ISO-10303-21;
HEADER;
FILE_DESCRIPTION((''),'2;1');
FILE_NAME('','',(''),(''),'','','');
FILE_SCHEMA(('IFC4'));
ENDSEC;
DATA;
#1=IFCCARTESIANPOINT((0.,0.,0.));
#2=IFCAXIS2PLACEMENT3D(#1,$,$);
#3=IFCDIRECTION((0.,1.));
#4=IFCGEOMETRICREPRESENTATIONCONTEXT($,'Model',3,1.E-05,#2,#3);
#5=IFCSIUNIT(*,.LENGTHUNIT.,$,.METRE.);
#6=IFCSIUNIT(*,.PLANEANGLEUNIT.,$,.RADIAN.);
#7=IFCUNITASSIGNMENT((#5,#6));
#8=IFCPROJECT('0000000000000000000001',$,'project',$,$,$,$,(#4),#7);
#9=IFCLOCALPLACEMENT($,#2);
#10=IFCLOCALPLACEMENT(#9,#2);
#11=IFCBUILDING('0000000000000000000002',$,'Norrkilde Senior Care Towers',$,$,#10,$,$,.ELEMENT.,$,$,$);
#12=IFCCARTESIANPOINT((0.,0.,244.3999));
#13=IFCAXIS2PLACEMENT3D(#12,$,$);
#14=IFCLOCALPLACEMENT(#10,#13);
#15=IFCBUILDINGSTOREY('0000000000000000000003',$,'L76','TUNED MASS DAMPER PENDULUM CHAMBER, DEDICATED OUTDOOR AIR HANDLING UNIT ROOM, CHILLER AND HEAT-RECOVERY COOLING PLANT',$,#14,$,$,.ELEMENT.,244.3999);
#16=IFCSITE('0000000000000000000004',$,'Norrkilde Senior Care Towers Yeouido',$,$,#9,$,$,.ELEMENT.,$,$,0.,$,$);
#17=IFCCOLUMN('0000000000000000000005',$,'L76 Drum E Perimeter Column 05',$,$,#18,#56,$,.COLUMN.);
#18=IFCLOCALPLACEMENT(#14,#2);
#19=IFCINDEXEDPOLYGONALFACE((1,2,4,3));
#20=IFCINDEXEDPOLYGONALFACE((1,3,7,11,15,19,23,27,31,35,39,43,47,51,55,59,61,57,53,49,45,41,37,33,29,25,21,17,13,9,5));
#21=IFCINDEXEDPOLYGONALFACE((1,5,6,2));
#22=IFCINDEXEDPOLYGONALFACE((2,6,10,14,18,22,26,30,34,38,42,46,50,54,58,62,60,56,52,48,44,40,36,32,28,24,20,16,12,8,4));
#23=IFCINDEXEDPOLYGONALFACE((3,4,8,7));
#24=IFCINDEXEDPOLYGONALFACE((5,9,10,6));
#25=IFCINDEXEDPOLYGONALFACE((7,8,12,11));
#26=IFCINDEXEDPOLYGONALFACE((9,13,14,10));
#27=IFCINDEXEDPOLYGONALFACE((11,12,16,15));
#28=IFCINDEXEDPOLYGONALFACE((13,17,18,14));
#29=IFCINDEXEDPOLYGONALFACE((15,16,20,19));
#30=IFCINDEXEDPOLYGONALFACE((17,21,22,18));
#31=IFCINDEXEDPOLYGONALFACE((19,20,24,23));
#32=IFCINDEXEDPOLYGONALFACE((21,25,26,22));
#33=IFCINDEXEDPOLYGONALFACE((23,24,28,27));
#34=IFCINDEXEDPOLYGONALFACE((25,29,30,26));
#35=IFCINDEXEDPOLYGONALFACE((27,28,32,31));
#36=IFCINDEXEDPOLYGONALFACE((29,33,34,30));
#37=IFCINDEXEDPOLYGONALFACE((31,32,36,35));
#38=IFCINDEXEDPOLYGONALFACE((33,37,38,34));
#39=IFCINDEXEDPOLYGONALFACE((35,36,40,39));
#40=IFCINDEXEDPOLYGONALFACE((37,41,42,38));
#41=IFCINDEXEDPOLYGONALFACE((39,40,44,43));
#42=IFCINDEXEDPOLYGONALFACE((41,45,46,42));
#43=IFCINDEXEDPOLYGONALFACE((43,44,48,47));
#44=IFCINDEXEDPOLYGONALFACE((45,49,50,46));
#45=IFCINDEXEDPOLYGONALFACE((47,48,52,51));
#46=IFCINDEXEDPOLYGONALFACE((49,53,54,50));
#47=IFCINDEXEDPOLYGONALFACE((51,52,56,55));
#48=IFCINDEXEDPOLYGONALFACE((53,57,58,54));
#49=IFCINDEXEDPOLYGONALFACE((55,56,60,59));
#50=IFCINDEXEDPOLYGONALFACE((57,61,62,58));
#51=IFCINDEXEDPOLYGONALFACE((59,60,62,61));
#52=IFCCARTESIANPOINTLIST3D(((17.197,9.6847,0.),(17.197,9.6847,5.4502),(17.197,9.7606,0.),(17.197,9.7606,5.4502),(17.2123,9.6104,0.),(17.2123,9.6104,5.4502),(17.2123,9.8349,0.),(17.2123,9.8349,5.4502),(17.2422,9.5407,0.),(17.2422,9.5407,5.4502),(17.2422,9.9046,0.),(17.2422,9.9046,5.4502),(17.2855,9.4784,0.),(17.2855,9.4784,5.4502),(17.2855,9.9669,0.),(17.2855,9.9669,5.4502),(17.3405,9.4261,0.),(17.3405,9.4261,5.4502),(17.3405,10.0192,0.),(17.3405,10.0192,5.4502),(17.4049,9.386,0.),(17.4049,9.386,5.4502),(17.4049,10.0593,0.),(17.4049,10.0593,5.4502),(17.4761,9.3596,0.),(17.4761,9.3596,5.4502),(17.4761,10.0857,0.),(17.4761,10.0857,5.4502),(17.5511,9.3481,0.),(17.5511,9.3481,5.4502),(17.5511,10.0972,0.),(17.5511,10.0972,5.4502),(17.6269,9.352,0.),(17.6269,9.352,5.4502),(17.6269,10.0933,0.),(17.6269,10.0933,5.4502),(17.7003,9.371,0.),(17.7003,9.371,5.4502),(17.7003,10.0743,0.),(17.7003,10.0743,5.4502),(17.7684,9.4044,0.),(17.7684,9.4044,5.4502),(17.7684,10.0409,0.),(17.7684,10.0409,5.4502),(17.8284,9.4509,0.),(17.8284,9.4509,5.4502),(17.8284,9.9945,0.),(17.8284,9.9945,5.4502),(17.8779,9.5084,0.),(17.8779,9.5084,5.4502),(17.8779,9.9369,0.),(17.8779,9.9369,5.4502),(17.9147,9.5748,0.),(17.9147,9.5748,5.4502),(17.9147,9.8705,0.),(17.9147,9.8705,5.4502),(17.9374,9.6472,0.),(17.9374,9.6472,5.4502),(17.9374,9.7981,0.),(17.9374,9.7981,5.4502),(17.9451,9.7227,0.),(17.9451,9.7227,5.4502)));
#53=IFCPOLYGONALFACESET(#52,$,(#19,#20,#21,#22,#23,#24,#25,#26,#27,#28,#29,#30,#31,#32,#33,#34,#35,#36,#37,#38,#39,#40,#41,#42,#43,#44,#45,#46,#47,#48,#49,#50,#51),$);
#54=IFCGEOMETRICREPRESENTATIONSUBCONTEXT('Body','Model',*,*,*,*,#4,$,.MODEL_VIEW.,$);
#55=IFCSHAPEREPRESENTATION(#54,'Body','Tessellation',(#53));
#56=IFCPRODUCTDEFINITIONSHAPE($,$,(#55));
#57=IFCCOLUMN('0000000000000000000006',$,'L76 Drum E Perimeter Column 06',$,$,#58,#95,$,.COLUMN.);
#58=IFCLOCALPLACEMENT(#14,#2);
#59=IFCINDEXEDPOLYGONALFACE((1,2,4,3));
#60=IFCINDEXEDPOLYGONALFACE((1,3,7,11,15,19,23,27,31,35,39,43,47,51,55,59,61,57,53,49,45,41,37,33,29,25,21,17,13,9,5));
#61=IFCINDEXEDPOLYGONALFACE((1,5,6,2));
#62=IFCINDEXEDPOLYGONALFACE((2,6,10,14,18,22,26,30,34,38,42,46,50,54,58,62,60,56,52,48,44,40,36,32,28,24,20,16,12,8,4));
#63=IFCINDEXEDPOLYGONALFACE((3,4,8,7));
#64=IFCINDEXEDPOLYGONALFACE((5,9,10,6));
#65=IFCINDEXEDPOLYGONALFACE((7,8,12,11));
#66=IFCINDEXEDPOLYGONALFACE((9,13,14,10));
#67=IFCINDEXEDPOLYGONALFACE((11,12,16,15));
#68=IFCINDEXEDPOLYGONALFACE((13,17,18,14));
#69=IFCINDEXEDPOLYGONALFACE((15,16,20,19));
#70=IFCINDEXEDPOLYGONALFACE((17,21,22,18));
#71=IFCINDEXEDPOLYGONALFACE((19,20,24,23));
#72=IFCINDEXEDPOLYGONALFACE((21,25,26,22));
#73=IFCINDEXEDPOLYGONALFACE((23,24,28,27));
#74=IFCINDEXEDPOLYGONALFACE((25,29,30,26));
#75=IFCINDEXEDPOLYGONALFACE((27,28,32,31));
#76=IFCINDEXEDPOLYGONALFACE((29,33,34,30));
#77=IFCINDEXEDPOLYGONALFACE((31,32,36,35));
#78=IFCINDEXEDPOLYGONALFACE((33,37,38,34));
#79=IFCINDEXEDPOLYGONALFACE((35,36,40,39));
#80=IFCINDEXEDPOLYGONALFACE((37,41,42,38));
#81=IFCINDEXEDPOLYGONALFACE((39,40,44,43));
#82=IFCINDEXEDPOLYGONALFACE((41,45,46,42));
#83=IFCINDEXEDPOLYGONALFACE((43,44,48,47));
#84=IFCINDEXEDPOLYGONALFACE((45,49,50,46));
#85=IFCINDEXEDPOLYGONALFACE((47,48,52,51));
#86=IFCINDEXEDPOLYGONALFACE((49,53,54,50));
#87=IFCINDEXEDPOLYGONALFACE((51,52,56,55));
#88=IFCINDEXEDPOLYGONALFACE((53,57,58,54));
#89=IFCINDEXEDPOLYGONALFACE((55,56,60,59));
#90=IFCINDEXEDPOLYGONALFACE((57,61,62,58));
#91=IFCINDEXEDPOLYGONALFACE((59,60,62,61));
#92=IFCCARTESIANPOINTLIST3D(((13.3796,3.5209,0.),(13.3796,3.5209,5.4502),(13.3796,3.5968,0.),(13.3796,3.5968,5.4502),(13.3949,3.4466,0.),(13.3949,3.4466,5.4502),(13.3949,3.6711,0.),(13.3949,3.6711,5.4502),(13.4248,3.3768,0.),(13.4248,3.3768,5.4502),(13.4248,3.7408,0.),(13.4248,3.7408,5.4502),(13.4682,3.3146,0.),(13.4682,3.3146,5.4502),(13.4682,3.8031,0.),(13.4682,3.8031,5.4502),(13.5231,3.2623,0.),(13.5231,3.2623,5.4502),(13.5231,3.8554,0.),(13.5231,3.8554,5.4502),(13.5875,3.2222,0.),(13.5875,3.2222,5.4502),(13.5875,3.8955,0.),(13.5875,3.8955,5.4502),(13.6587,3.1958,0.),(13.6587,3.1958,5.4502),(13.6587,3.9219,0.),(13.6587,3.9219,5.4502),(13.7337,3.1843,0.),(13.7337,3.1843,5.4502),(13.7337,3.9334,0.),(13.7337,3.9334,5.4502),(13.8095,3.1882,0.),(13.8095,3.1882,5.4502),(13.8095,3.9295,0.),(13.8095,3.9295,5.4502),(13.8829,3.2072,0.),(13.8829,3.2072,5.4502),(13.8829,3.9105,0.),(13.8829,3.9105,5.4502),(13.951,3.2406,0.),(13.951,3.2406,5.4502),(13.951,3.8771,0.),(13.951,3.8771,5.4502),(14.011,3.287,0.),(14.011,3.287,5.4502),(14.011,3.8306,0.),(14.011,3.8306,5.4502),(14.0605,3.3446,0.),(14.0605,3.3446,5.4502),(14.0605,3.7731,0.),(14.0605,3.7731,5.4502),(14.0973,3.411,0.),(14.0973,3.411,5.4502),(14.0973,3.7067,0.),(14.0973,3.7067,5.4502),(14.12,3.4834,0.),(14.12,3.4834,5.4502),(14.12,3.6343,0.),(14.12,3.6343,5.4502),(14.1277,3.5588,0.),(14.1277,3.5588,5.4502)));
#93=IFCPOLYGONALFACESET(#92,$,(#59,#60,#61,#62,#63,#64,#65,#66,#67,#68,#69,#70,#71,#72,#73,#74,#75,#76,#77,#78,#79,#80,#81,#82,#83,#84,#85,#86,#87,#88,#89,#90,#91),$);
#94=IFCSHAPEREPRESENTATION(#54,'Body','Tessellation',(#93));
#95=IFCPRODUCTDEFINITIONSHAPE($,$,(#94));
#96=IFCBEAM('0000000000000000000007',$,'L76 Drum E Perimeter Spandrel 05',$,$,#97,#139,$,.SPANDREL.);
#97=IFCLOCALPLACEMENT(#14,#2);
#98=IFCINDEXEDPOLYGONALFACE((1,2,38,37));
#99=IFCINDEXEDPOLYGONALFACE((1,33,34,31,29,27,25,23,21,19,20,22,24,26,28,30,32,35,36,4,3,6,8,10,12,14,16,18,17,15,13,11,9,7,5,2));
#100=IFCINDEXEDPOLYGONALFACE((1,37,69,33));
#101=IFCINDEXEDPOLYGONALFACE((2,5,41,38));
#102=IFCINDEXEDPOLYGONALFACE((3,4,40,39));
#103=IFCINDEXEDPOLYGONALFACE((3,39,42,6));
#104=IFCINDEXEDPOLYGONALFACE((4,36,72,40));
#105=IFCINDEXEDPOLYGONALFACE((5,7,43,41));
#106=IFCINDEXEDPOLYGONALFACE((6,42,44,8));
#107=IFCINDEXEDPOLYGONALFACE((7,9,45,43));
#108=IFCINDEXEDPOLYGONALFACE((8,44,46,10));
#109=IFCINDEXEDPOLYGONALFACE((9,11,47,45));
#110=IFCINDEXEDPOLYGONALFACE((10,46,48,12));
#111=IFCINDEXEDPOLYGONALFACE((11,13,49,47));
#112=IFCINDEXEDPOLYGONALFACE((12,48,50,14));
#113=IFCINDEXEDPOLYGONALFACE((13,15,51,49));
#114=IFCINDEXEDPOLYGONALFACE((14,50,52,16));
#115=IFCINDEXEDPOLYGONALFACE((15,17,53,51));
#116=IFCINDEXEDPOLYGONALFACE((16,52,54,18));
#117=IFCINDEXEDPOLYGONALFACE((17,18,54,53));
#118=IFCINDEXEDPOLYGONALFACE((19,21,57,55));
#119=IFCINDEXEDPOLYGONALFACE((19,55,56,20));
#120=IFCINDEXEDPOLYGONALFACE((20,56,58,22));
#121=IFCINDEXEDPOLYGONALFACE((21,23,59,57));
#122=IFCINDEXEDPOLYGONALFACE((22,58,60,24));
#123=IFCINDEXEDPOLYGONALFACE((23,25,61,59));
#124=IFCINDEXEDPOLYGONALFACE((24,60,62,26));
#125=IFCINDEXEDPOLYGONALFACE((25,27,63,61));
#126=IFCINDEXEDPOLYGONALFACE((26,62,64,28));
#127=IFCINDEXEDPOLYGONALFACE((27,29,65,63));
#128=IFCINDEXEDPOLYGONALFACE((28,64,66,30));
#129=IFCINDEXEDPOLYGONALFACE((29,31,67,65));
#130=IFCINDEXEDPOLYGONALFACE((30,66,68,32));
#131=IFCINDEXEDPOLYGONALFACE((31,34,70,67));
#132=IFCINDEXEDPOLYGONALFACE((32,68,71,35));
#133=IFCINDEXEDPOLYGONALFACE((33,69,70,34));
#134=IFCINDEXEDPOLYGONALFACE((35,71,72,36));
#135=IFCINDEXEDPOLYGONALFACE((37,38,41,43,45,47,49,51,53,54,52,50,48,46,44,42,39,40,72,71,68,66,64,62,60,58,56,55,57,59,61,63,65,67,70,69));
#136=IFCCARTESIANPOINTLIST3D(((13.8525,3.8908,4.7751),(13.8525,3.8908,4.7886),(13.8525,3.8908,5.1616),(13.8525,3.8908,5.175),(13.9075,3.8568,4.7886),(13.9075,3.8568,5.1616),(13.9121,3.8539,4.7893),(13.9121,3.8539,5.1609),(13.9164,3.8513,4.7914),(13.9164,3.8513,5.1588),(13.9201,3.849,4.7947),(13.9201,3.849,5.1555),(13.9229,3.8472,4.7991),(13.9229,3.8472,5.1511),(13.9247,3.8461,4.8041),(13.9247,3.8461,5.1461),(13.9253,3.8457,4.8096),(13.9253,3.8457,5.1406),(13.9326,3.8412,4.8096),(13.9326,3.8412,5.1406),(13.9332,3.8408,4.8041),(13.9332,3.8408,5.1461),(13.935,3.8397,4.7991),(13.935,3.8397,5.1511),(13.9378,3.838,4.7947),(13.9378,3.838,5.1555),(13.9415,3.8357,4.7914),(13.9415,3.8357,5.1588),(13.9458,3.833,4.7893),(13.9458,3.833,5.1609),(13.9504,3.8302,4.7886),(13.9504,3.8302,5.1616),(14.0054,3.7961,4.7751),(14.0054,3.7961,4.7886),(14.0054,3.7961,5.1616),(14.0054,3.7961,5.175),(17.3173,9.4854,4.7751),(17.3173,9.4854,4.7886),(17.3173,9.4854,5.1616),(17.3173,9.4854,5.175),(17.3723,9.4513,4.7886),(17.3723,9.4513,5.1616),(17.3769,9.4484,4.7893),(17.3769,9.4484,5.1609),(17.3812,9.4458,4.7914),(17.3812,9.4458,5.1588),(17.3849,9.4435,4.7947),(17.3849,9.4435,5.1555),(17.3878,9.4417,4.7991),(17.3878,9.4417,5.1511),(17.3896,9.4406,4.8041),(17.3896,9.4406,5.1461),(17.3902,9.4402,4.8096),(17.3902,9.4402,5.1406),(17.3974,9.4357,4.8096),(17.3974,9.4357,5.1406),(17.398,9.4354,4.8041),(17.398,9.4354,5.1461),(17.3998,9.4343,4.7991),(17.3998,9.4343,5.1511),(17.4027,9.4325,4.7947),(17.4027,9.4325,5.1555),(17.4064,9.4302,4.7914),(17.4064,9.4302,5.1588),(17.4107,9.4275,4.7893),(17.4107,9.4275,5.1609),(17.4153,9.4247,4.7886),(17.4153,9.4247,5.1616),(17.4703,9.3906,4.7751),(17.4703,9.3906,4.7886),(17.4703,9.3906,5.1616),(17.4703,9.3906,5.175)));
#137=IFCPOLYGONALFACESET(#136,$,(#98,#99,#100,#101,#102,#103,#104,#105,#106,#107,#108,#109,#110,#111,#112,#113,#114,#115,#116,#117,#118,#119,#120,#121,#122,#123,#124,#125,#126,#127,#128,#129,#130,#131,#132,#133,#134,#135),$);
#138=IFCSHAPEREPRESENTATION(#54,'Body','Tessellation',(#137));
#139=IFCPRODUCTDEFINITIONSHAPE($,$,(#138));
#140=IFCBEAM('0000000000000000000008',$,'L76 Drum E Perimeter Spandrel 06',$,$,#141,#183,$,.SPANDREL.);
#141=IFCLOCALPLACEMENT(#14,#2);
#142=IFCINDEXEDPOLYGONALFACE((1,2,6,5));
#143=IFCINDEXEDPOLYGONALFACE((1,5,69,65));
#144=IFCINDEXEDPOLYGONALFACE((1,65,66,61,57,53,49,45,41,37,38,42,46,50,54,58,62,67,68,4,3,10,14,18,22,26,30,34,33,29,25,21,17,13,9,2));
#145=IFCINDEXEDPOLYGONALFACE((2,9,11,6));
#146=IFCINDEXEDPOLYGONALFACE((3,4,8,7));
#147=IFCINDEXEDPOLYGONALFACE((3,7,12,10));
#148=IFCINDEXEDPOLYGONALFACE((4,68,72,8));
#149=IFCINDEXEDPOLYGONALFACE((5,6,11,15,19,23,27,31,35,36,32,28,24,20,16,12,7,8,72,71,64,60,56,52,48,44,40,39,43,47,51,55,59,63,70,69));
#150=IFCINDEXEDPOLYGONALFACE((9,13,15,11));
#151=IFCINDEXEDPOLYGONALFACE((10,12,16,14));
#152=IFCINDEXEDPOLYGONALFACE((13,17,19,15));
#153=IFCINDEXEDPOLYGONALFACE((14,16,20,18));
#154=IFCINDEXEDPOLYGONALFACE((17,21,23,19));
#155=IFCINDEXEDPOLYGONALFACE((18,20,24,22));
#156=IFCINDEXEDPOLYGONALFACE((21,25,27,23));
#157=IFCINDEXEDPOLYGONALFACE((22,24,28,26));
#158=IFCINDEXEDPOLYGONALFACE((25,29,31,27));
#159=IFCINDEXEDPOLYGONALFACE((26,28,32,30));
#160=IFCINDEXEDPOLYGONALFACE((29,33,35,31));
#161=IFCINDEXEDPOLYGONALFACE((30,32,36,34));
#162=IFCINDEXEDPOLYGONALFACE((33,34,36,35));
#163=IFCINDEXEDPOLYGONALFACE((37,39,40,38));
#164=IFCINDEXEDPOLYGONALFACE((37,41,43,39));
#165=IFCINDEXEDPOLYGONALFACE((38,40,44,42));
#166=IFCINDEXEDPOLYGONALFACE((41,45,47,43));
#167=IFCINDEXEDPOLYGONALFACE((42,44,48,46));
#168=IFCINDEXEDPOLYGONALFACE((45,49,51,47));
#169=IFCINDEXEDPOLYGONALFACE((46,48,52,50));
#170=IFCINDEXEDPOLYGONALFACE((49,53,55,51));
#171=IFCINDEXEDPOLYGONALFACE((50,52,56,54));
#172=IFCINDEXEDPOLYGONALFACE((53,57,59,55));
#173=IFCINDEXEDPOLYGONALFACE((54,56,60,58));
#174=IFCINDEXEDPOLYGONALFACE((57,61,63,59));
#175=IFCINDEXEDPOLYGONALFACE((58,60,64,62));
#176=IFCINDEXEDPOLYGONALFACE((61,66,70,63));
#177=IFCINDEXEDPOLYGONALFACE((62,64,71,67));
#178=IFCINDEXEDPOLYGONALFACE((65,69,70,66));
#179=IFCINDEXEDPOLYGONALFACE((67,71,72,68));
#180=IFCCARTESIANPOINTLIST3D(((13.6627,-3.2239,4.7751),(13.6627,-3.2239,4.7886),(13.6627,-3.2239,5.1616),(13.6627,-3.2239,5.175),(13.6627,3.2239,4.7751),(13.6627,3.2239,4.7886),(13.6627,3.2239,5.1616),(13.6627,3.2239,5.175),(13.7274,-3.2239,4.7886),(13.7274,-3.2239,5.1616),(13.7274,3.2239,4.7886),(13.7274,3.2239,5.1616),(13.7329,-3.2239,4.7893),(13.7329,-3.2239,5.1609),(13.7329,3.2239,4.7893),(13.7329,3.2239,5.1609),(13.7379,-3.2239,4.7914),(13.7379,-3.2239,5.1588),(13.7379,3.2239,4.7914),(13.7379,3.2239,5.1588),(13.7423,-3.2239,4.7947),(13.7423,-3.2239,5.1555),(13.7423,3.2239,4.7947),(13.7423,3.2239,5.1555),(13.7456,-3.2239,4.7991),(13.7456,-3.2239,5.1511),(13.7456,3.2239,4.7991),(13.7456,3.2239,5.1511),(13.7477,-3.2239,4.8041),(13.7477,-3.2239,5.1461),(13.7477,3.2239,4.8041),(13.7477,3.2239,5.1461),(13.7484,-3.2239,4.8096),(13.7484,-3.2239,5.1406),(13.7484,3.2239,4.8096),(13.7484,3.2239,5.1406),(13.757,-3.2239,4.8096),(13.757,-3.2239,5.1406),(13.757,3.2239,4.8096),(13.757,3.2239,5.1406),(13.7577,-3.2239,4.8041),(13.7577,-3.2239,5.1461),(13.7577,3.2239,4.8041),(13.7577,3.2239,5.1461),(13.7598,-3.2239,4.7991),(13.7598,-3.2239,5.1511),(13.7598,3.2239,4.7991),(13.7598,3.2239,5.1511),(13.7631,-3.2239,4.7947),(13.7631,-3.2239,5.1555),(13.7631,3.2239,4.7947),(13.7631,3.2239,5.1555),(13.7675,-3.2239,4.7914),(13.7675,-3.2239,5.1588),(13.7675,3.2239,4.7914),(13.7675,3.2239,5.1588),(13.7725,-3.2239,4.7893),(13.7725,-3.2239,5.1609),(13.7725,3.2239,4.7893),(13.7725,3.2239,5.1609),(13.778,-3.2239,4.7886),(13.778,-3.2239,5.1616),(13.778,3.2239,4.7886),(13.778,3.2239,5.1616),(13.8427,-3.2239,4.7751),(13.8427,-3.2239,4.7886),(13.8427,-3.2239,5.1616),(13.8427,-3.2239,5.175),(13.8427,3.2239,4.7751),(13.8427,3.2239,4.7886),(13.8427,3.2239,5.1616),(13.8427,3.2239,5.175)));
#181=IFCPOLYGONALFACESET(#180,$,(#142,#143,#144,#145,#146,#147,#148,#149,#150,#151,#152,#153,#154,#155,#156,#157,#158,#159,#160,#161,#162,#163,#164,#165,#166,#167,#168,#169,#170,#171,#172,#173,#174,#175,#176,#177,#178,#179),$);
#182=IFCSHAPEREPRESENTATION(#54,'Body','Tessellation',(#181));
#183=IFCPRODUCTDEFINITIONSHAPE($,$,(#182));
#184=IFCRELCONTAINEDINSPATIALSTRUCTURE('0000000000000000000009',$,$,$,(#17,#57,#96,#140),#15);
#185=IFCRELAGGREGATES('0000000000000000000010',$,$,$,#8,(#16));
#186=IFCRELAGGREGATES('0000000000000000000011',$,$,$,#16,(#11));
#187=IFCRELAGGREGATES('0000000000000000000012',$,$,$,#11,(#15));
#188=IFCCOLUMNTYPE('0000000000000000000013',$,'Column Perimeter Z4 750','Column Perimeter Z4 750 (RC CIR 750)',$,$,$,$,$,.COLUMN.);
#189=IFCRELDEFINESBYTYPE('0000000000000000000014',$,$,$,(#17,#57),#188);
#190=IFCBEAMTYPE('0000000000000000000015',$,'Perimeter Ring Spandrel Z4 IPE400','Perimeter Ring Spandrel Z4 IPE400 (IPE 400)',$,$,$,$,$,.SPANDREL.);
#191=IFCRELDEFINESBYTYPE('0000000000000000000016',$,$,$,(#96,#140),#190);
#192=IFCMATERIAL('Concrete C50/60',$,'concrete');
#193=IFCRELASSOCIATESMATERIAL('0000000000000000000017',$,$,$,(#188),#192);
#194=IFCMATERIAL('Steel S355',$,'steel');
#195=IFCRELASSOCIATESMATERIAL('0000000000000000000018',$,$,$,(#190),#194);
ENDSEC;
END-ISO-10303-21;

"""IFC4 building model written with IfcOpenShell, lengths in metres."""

from ifc_helpers import new_model, si_unit, direction, frame, origin, origin_2d, place, context, subcontext, project, spatial, circle, i_section, extrude, source, transform, mapped, material, material_profile, profile_set, type_object, type_shapes, element, save


model = new_model("IFC4")

# Units and contexts
model_context = context("Model", 3, precision=1e-05, world=origin(), true_north=direction((0.0, 1.0)))
body_context = subcontext(model_context, "Body", "Model", "MODEL_VIEW")
ifc_project = project(units=[si_unit("LENGTHUNIT", "METRE"), si_unit("PLANEANGLEUNIT", "RADIAN")], contexts=[model_context])

# Site, building, storey
site_placement = place(None, origin())
site = spatial("IfcSite", under=ifc_project, at=site_placement, Name="Norrkilde Senior Care Towers Yeouido", CompositionType="ELEMENT", RefElevation=0.0)
building_placement = place(site_placement, origin())
building = spatial("IfcBuilding", under=site, at=building_placement, Name="Norrkilde Senior Care Towers", CompositionType="ELEMENT")
storey_placement = place(building_placement, frame((0.0, 0.0, 244.3999)))
storey = spatial("IfcBuildingStorey", under=building, at=storey_placement, Name="L76", Description="TUNED MASS DAMPER PENDULUM CHAMBER, DEDICATED OUTDOOR AIR HANDLING UNIT ROOM, CHILLER AND HEAT-RECOVERY COOLING PLANT", CompositionType="ELEMENT", Elevation=244.3999)

# Columns
ifc_material_1 = material(Name="Concrete C50/60", Category="concrete")
ifc_material_profile_1 = material_profile(ifc_material_1, circle(Radius=0.375, at=origin_2d()), Name="RC CIR 750")
ifc_profile_set_1 = profile_set([ifc_material_profile_1], Name="Concrete C50/60")
column_type = type_object("IfcColumnType", Name="Column Perimeter Z4 750", Description="Column Perimeter Z4 750 (RC CIR 750)", PredefinedType="COLUMN", material=ifc_profile_set_1)
shared_shape_1 = source(origin(), body_context, "Body", "SweptSolid", [
    extrude(circle(Radius=0.375, at=origin_2d()), origin(), (0.0, 0.0, 1.0), 5.4502),
])
type_shapes(column_type, [shared_shape_1])
for number, where, z_axis, x_axis, name in (
    (1, (17.5701, 9.7227, 0.0), (0.0, 0.0, 1.0), (1.0, 0.0, 0.0), "L76 Drum E Perimeter Column 05"),
    (2, (13.7527, 3.5588, 0.0), (0.0, 0.0, 1.0), (1.0, 0.0, 0.0), "L76 Drum E Perimeter Column 06"),
):
    element("IfcColumn", number, at=place(storey_placement, frame(where, z_axis=z_axis, x_axis=x_axis)), inside=storey, type_object=column_type, Name=name, PredefinedType="COLUMN", context=body_context, shape_type="MappedRepresentation", body=[
        mapped(shared_shape_1, transform((0.0, 0.0, 0.0), x_axis=(1.0, 0.0, 0.0), y_axis=(0.0, 1.0, 0.0), z_axis=(0.0, 0.0, 1.0), scale=1.0)),
    ])

# Beams
ifc_material_2 = material(Name="Steel S355", Category="steel")
ifc_material_profile_2 = material_profile(ifc_material_2, i_section(OverallWidth=0.1799, OverallDepth=0.3999, WebThickness=0.0085, FlangeThickness=0.0134, FilletRadius=0.021, at=origin_2d()), Name="IPE 400")
ifc_profile_set_2 = profile_set([ifc_material_profile_2], Name="Steel S355")
beam_type = type_object("IfcBeamType", Name="Perimeter Ring Spandrel Z4 IPE400", Description="Perimeter Ring Spandrel Z4 IPE400 (IPE 400)", PredefinedType="SPANDREL", material=ifc_profile_set_2)
shared_shape_2 = source(origin(), body_context, "Body", "SweptSolid", [
    extrude(i_section(OverallWidth=0.1799, OverallDepth=0.3999, WebThickness=0.0085, FlangeThickness=0.0134, FilletRadius=0.021, at=origin_2d()), origin(), (0.0, 0.0, 1.0), 6.5806),
])
beam_1_placement = place(storey_placement, frame((17.3938, 9.438, 4.9751), z_axis=(-0.52653, -0.850157, 0.0), x_axis=(0.850157, -0.52653, 0.0)))
element("IfcBeam", 3, at=beam_1_placement, inside=storey, type_object=beam_type, Name="L76 Drum E Perimeter Spandrel 05", PredefinedType="SPANDREL", context=body_context, shape_type="MappedRepresentation", body=[
    mapped(shared_shape_2, transform((0.0, 0.0, 0.0), x_axis=(1.0, 0.0, 0.0), y_axis=(0.0, 1.0, 0.0), z_axis=(0.0, 0.0, 1.0), scale=1.0)),
])
shared_shape_3 = source(origin(), body_context, "Body", "SweptSolid", [
    extrude(i_section(OverallWidth=0.1799, OverallDepth=0.3999, WebThickness=0.0085, FlangeThickness=0.0134, FilletRadius=0.021, at=origin_2d()), origin(), (0.0, 0.0, 1.0), 6.4478),
])
type_shapes(beam_type, [shared_shape_2, shared_shape_3])
beam_2_placement = place(storey_placement, frame((13.7527, 3.2239, 4.9751), z_axis=(0.0, -1.0, 0.0), x_axis=(1.0, 0.0, 0.0)))
element("IfcBeam", 4, at=beam_2_placement, inside=storey, type_object=beam_type, Name="L76 Drum E Perimeter Spandrel 06", PredefinedType="SPANDREL", context=body_context, shape_type="MappedRepresentation", body=[
    mapped(shared_shape_3, transform((0.0, 0.0, 0.0), x_axis=(1.0, 0.0, 0.0), y_axis=(0.0, 1.0, 0.0), z_axis=(0.0, 0.0, 1.0), scale=1.0)),
])

save(model, "model.ifc")
